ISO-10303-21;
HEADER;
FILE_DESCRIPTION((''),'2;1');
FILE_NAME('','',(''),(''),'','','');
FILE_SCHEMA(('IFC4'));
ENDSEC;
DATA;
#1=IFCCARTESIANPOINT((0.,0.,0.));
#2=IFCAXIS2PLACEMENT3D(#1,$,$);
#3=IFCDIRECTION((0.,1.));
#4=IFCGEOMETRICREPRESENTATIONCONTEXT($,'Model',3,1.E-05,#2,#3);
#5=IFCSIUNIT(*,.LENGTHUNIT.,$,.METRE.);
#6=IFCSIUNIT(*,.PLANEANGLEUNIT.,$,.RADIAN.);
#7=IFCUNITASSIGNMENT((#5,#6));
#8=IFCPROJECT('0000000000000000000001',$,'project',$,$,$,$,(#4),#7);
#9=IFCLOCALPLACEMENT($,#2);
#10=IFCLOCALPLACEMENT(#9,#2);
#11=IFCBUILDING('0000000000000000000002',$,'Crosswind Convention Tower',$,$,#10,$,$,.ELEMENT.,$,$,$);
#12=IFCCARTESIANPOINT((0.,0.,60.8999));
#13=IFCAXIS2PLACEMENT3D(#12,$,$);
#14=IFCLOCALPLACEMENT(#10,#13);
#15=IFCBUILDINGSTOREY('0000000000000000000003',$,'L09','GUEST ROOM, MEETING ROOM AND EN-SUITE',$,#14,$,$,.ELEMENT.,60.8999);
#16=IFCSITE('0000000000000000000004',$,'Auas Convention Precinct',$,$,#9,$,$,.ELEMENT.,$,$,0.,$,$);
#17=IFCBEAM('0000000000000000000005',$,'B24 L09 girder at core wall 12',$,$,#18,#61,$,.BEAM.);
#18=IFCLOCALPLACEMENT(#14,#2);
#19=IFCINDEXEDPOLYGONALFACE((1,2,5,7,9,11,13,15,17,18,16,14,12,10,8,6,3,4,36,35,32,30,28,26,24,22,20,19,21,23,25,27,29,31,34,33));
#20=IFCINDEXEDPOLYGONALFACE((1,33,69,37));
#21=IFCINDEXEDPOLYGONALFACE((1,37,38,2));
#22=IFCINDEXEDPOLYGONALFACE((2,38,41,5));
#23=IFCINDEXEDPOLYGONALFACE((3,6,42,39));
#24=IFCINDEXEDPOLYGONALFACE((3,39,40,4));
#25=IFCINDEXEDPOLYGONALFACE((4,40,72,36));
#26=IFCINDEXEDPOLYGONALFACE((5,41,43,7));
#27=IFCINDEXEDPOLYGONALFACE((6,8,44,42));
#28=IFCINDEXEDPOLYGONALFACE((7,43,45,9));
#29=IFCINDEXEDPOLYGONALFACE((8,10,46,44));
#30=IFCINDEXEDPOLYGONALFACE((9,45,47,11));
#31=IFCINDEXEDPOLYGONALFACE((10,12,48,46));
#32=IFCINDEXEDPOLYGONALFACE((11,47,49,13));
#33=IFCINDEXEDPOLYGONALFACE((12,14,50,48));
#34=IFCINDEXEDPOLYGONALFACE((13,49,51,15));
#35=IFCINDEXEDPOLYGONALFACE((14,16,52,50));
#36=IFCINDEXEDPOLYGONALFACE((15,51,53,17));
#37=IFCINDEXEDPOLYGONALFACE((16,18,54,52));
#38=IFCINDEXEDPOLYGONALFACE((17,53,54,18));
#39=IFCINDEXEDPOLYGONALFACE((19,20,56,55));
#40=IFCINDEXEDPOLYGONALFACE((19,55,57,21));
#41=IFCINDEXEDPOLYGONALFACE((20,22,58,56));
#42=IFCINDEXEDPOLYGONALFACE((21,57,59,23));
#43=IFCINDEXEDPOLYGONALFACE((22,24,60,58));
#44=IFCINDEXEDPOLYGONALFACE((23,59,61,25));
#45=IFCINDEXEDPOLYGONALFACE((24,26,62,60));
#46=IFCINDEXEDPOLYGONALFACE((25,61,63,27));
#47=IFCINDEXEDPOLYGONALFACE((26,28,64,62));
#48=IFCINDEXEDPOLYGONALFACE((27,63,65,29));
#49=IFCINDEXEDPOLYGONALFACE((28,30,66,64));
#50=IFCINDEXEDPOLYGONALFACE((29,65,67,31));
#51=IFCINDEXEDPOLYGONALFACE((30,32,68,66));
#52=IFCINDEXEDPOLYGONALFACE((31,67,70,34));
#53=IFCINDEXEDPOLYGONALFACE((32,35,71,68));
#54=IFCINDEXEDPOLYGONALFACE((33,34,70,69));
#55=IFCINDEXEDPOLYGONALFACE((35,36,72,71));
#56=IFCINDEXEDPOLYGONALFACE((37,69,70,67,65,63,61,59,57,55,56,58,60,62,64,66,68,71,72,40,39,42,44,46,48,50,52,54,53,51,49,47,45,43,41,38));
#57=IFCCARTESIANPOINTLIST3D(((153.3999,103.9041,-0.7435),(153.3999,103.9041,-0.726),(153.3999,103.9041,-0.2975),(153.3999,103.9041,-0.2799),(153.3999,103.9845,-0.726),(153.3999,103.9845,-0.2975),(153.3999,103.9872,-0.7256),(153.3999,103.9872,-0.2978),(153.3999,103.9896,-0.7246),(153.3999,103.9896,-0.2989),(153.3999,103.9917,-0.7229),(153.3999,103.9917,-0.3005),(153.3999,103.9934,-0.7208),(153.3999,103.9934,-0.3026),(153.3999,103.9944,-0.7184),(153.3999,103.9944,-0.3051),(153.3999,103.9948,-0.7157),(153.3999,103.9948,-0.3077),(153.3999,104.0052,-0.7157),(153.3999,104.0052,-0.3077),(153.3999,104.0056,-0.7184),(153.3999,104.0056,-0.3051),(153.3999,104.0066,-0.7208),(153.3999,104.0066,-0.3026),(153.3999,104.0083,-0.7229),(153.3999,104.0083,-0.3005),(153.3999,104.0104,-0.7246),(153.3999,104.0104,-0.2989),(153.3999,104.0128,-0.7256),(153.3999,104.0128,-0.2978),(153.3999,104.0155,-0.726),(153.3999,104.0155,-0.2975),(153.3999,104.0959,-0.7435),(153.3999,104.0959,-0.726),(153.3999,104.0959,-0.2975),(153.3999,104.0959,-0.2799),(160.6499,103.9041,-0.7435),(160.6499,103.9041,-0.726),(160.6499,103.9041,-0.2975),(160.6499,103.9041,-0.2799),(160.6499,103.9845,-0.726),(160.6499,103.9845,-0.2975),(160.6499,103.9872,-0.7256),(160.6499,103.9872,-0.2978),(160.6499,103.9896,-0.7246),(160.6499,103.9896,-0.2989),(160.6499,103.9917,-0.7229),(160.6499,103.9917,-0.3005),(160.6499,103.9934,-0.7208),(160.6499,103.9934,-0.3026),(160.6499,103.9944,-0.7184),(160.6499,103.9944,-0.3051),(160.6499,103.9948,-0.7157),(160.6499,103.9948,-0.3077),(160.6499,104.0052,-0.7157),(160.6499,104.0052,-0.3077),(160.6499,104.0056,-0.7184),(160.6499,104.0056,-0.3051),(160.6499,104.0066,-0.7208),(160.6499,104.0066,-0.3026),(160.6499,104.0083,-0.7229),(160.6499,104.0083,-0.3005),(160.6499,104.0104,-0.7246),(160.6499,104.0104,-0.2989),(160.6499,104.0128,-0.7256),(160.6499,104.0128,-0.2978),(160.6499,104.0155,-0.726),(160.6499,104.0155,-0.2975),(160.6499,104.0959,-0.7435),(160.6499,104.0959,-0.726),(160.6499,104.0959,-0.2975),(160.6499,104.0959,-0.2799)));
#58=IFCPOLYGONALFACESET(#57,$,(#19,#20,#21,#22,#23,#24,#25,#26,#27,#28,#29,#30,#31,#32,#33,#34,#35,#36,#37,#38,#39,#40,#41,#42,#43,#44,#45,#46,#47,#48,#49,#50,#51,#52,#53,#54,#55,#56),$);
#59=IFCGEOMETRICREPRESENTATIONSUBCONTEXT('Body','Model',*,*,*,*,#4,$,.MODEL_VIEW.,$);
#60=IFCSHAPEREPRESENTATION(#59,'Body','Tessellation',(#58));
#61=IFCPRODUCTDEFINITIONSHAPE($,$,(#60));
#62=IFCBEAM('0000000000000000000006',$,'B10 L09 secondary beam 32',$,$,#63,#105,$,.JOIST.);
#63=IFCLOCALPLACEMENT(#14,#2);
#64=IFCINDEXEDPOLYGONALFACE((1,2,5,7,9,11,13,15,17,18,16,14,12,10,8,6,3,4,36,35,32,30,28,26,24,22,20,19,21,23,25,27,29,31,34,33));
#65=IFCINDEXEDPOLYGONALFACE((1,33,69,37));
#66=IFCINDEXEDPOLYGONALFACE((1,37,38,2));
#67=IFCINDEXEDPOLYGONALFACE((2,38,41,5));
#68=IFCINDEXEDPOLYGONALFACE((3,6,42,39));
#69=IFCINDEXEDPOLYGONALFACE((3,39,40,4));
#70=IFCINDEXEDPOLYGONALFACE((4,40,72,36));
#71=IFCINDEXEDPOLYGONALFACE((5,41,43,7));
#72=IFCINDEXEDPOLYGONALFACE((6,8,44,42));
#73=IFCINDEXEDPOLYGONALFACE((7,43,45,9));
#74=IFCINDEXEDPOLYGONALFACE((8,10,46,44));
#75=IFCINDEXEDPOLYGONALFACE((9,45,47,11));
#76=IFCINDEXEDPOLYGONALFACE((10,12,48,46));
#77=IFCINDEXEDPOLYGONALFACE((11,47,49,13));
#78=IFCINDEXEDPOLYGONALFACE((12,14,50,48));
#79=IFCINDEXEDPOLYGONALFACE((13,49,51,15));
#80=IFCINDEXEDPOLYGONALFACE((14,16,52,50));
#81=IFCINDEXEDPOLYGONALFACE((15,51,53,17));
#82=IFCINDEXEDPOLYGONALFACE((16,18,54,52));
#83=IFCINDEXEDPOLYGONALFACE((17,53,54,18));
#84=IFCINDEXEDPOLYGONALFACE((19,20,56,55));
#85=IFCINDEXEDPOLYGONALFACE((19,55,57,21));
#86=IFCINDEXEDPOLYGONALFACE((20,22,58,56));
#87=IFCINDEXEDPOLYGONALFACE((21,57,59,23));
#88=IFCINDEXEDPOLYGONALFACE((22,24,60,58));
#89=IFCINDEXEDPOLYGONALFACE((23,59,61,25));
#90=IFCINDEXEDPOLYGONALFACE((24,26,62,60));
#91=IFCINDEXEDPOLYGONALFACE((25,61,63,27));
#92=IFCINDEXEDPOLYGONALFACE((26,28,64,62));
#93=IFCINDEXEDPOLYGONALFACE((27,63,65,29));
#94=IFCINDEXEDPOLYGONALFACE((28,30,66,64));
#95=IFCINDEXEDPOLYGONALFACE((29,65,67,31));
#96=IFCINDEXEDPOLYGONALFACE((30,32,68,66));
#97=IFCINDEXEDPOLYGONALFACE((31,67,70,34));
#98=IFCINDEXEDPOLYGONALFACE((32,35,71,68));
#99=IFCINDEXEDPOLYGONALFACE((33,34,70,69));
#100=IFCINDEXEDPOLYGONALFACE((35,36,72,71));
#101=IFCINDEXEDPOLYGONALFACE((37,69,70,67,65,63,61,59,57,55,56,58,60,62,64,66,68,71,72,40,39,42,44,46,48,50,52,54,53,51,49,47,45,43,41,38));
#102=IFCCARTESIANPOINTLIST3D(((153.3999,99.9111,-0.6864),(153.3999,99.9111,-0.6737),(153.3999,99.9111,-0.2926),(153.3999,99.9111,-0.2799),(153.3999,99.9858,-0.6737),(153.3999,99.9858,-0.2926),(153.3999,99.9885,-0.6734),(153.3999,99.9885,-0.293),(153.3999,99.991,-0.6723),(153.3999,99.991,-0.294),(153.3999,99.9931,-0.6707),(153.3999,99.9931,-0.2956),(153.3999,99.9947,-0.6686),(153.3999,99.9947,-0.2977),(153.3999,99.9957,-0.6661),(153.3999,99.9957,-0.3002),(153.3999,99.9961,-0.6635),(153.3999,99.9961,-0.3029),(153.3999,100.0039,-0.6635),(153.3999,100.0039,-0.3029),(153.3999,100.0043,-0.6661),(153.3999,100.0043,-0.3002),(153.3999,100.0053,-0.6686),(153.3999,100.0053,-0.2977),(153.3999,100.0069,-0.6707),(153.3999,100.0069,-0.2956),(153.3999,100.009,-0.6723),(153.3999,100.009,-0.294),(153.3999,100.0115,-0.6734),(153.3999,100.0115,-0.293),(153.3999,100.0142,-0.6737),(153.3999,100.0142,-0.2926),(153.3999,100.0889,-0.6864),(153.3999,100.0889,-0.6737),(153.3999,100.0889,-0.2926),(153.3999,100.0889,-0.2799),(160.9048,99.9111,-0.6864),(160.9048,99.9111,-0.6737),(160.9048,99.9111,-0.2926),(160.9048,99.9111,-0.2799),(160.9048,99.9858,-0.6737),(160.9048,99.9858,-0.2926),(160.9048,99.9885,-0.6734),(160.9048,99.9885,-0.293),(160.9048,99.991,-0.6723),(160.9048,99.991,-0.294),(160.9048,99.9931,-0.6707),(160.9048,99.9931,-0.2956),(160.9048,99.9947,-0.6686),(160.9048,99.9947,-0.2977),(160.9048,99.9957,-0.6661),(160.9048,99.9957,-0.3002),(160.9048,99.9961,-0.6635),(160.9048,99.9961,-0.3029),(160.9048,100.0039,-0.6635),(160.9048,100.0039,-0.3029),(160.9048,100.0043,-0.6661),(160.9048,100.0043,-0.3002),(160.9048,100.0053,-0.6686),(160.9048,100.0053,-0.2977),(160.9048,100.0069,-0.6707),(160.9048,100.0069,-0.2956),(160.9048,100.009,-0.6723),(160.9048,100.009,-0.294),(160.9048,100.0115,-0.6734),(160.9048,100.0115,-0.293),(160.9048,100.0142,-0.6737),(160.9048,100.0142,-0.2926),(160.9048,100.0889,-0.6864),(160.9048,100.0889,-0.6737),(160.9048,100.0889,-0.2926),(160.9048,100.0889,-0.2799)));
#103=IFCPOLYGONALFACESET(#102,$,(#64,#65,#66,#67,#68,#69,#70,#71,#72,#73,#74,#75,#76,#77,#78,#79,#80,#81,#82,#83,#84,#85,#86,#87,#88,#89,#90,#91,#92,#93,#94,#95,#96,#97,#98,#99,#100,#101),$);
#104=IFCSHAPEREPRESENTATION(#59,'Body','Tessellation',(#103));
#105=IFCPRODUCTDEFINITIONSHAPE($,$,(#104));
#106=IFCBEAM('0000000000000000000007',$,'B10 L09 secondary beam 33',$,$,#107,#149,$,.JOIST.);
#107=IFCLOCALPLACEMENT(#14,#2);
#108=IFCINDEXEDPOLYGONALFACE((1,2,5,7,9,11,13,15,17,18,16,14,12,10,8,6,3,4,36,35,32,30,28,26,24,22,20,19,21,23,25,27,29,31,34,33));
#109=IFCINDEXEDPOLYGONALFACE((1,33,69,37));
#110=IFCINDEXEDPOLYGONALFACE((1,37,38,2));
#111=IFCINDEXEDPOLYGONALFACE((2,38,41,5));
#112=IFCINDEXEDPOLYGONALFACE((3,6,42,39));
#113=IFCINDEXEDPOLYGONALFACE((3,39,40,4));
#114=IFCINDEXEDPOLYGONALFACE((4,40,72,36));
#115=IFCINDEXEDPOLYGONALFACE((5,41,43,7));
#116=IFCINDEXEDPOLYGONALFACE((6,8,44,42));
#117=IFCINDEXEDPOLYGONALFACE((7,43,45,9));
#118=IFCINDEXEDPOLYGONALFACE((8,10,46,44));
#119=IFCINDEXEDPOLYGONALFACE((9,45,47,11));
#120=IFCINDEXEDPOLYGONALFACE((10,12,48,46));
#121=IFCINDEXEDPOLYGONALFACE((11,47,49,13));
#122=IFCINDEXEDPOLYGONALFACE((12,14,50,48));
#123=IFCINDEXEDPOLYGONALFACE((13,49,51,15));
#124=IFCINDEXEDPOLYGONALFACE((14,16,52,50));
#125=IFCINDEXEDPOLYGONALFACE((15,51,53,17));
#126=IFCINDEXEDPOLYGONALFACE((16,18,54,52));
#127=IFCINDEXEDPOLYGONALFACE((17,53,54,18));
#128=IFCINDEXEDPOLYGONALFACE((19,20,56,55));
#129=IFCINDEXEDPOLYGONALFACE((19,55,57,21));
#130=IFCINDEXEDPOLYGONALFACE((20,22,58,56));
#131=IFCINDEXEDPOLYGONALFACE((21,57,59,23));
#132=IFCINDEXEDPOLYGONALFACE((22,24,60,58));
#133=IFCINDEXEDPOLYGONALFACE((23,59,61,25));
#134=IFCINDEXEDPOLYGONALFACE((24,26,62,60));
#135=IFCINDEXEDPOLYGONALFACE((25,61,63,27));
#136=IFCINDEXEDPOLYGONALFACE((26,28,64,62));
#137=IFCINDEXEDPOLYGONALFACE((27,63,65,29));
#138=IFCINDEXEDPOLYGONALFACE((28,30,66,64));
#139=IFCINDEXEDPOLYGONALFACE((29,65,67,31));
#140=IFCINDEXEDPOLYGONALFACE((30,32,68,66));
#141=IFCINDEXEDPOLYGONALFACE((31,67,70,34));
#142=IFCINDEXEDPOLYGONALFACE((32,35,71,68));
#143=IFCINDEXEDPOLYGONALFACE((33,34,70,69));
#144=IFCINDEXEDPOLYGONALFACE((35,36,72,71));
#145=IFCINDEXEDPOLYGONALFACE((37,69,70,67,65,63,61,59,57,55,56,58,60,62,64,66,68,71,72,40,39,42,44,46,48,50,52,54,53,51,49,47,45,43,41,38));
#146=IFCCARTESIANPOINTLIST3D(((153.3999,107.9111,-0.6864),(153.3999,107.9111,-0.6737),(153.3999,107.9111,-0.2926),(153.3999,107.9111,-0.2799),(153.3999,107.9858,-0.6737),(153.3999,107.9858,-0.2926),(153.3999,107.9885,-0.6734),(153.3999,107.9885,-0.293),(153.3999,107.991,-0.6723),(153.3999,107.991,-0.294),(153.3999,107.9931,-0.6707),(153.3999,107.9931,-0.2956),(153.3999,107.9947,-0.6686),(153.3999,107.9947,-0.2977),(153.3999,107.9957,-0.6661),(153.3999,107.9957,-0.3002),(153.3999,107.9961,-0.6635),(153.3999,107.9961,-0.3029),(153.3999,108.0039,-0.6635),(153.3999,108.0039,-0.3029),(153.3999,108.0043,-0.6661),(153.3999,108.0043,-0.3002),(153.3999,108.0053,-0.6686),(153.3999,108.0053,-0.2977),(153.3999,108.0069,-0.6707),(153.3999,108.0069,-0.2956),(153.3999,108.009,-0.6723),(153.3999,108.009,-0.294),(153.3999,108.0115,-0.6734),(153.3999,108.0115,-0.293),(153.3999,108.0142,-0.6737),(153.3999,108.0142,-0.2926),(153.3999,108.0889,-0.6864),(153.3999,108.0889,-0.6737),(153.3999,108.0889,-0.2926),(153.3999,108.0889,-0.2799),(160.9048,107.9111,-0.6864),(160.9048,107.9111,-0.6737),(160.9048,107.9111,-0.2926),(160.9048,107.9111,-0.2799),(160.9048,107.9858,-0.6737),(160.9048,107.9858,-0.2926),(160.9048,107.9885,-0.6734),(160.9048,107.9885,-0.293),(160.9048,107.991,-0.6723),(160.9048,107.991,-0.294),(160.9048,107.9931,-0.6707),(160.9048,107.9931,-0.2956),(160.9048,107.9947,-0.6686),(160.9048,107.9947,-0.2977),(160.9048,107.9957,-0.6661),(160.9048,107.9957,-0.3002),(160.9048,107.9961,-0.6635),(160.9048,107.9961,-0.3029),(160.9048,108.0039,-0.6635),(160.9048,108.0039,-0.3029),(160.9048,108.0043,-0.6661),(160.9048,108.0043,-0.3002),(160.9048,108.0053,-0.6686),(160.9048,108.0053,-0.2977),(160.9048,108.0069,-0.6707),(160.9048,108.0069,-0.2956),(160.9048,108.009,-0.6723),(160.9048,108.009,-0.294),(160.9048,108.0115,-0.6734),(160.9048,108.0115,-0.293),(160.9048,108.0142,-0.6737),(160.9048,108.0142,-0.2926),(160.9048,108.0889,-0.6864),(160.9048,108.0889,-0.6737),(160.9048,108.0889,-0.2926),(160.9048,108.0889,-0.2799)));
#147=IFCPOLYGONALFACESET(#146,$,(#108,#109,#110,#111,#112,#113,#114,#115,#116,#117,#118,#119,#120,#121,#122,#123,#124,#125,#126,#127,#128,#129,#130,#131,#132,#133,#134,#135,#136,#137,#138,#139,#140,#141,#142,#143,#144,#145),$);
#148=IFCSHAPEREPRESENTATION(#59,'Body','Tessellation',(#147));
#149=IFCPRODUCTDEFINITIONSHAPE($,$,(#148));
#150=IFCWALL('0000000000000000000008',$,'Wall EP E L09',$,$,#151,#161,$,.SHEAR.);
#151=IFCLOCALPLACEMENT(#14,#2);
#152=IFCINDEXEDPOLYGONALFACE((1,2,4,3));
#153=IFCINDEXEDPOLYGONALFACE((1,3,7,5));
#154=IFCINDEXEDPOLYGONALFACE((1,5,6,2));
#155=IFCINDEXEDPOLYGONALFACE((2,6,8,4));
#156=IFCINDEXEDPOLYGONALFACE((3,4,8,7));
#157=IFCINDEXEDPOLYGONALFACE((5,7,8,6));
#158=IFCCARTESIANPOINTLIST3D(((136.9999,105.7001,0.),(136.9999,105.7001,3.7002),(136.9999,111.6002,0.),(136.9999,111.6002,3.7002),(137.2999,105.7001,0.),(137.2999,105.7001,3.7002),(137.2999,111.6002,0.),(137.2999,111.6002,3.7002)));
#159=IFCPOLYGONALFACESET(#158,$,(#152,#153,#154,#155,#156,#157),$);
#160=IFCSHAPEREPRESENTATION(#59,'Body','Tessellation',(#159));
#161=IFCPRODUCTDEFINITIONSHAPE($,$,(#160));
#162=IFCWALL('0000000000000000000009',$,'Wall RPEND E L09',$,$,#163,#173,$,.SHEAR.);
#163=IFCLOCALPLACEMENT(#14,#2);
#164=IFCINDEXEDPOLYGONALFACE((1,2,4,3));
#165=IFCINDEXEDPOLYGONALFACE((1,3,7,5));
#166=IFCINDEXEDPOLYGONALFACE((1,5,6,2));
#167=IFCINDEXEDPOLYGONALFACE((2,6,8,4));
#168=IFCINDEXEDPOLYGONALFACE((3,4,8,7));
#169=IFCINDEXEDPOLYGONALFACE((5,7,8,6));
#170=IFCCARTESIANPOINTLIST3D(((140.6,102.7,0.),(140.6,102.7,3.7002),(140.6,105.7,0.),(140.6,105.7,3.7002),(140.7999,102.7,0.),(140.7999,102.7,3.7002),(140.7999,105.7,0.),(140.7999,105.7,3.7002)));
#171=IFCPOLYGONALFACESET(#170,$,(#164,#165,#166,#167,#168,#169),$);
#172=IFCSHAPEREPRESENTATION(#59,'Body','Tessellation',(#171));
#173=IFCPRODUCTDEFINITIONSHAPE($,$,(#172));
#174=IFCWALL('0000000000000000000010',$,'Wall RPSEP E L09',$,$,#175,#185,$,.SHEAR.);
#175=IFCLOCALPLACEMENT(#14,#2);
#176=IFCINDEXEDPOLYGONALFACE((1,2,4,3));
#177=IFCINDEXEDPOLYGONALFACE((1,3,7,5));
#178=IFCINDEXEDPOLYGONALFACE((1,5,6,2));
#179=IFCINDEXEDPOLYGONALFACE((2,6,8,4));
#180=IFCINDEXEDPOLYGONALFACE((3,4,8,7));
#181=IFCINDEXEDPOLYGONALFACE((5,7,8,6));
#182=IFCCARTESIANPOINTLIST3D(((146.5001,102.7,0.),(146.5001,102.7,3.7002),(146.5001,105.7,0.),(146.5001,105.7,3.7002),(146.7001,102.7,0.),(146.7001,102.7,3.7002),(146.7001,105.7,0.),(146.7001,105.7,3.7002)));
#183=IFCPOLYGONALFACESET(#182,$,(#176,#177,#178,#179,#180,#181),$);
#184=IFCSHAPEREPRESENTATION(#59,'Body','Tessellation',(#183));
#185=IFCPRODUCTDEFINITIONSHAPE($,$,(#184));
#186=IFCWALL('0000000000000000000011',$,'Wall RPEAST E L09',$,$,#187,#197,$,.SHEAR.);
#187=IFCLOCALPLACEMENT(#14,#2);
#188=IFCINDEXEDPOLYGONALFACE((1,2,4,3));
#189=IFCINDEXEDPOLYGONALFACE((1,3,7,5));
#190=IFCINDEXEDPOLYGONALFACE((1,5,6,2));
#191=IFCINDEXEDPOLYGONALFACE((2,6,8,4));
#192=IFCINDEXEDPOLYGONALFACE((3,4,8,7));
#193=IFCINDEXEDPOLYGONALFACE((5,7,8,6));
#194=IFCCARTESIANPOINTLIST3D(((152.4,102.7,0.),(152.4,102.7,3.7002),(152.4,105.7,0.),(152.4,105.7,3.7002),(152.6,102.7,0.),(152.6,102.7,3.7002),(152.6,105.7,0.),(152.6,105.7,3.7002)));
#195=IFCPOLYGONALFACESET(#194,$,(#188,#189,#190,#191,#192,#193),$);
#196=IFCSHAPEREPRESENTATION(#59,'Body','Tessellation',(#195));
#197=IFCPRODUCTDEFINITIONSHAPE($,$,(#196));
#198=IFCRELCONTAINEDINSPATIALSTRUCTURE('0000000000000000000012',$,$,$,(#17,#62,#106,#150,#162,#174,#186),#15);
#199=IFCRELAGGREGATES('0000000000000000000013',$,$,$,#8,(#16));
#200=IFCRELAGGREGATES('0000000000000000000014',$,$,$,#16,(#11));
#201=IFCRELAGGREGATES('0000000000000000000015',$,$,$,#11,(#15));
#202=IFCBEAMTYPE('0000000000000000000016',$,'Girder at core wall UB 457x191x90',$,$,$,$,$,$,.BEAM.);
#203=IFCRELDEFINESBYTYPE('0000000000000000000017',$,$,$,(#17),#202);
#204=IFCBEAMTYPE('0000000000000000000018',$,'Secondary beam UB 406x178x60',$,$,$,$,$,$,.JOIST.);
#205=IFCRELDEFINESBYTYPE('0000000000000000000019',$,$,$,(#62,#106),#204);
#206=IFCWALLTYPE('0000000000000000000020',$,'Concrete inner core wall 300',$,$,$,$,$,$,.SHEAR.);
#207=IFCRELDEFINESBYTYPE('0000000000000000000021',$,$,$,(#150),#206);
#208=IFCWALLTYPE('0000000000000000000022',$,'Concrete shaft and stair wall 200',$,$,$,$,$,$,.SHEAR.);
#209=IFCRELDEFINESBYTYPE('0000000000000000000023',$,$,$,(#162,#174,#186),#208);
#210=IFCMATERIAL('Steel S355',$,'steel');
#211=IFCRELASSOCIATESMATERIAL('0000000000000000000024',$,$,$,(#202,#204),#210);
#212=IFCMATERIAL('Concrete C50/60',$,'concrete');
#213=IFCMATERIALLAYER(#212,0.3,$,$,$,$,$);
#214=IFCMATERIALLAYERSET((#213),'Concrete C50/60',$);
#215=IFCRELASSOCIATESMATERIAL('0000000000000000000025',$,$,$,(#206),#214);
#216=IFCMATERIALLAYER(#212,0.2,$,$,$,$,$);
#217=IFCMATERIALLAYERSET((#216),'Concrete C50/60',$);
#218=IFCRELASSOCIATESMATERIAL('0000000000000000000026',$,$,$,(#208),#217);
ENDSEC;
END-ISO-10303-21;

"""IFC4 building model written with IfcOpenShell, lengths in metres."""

from ifc_helpers import new_model, si_unit, direction, frame, frame_2d, origin, origin_2d, place, context, subcontext, project, spatial, rectangle, i_section, extrude, material, layer, layer_set, material_profile, profile_set, type_object, element, save


model = new_model("IFC4")

# Units and contexts
model_context = context("Model", 3, precision=1e-05, world=origin(), true_north=direction((0.0, 1.0)))
body_context = subcontext(model_context, "Body", "Model", "MODEL_VIEW")
ifc_project = project(units=[si_unit("LENGTHUNIT", "METRE"), si_unit("PLANEANGLEUNIT", "RADIAN")], contexts=[model_context])

# Site, building, storey
site_placement = place(None, origin())
site = spatial("IfcSite", under=ifc_project, at=site_placement, Name="Auas Convention Precinct", CompositionType="ELEMENT", RefElevation=0.0)
building_placement = place(site_placement, origin())
building = spatial("IfcBuilding", under=site, at=building_placement, Name="Crosswind Convention Tower", CompositionType="ELEMENT")
storey_placement = place(building_placement, frame((0.0, 0.0, 60.8999)))
storey = spatial("IfcBuildingStorey", under=building, at=storey_placement, Name="L09", Description="GUEST ROOM, MEETING ROOM AND EN-SUITE", CompositionType="ELEMENT", Elevation=60.8999)

# Beams
ifc_material_1 = material(Name="Steel S355", Category="steel")
ifc_material_profile_1 = material_profile(ifc_material_1, i_section(OverallWidth=0.1919, OverallDepth=0.4636, WebThickness=0.0105, FlangeThickness=0.0176, FilletRadius=0.0103, at=origin_2d()), Name="UB 457x191x90")
ifc_profile_set_1 = profile_set([ifc_material_profile_1], Name="Steel S355")
beam_type_1 = type_object("IfcBeamType", Name="Girder at core wall UB 457x191x90", PredefinedType="BEAM", material=ifc_profile_set_1)
beam_placement = place(storey_placement, frame((153.3999, 104.0, -0.5117), z_axis=(1.0, 0.0, 0.0), x_axis=(0.0, 1.0, 0.0)))
element("IfcBeam", 1, at=beam_placement, inside=storey, type_object=beam_type_1, Name="B24 L09 girder at core wall 12", PredefinedType="BEAM", context=body_context, shape_type="SweptSolid", body=[
    extrude(i_section(OverallWidth=0.1919, OverallDepth=0.4636, WebThickness=0.0105, FlangeThickness=0.0176, FilletRadius=0.0103, at=origin_2d()), origin(), (0.0, 0.0, 1.0), 7.25),
])
ifc_material_profile_2 = material_profile(ifc_material_1, i_section(OverallWidth=0.1777, OverallDepth=0.4065, WebThickness=0.0078, FlangeThickness=0.0127, FilletRadius=0.0103, at=origin_2d()), Name="UB 406x178x60")
ifc_profile_set_2 = profile_set([ifc_material_profile_2], Name="Steel S355")
beam_type_2 = type_object("IfcBeamType", Name="Secondary beam UB 406x178x60", PredefinedType="JOIST", material=ifc_profile_set_2)
for number, where, z_axis, x_axis, name in (
    (2, (153.3999, 100.0, -0.4832), (1.0, 0.0, 0.0), (0.0, 1.0, 0.0), "B10 L09 secondary beam 32"),
    (3, (153.3999, 108.0, -0.4832), (1.0, 0.0, 0.0), (0.0, 1.0, 0.0), "B10 L09 secondary beam 33"),
):
    element("IfcBeam", number, at=place(storey_placement, frame(where, z_axis=z_axis, x_axis=x_axis)), inside=storey, type_object=beam_type_2, Name=name, PredefinedType="JOIST", context=body_context, shape_type="SweptSolid", body=[
        extrude(i_section(OverallWidth=0.1777, OverallDepth=0.4065, WebThickness=0.0078, FlangeThickness=0.0127, FilletRadius=0.0103, at=origin_2d()), origin(), (0.0, 0.0, 1.0), 7.5049),
    ])

# Walls
ifc_material_2 = material(Name="Concrete C50/60", Category="concrete")
ifc_layer_1 = layer(ifc_material_2, 0.3)
ifc_layer_set_1 = layer_set([ifc_layer_1], Name="Concrete C50/60")
wall_type_1 = type_object("IfcWallType", Name="Concrete inner core wall 300", PredefinedType="SHEAR", material=ifc_layer_set_1)
wall_1_placement = place(storey_placement, frame((137.1499, 105.7, 0.0), z_axis=(0.0, 0.0, 1.0), x_axis=(0.0, 1.0, 0.0)))
element("IfcWall", 4, at=wall_1_placement, inside=storey, type_object=wall_type_1, Name="Wall EP E L09", PredefinedType="SHEAR", context=body_context, shape_type="SweptSolid", body=[
    extrude(rectangle(XDim=5.9001, YDim=0.3, at=frame_2d((2.9502, 0.0))), origin(), (0.0, 0.0, 1.0), 3.7002),
])
ifc_layer_2 = layer(ifc_material_2, 0.2)
ifc_layer_set_2 = layer_set([ifc_layer_2], Name="Concrete C50/60")
wall_type_2 = type_object("IfcWallType", Name="Concrete shaft and stair wall 200", PredefinedType="SHEAR", material=ifc_layer_set_2)
for number, where, z_axis, x_axis, name in (
    (5, (140.7, 102.7, 0.0), (0.0, 0.0, 1.0), (0.0, 1.0, 0.0), "Wall RPEND E L09"),
    (6, (146.6001, 102.7, 0.0), (0.0, 0.0, 1.0), (0.0, 1.0, 0.0), "Wall RPSEP E L09"),
    (7, (152.5, 102.7, 0.0), (0.0, 0.0, 1.0), (0.0, 1.0, 0.0), "Wall RPEAST E L09"),
):
    element("IfcWall", number, at=place(storey_placement, frame(where, z_axis=z_axis, x_axis=x_axis)), inside=storey, type_object=wall_type_2, Name=name, PredefinedType="SHEAR", context=body_context, shape_type="SweptSolid", body=[
        extrude(rectangle(XDim=3.0, YDim=0.2, at=frame_2d((1.5, 0.0))), origin(), (0.0, 0.0, 1.0), 3.7002),
    ])

save(model, "model.ifc")
